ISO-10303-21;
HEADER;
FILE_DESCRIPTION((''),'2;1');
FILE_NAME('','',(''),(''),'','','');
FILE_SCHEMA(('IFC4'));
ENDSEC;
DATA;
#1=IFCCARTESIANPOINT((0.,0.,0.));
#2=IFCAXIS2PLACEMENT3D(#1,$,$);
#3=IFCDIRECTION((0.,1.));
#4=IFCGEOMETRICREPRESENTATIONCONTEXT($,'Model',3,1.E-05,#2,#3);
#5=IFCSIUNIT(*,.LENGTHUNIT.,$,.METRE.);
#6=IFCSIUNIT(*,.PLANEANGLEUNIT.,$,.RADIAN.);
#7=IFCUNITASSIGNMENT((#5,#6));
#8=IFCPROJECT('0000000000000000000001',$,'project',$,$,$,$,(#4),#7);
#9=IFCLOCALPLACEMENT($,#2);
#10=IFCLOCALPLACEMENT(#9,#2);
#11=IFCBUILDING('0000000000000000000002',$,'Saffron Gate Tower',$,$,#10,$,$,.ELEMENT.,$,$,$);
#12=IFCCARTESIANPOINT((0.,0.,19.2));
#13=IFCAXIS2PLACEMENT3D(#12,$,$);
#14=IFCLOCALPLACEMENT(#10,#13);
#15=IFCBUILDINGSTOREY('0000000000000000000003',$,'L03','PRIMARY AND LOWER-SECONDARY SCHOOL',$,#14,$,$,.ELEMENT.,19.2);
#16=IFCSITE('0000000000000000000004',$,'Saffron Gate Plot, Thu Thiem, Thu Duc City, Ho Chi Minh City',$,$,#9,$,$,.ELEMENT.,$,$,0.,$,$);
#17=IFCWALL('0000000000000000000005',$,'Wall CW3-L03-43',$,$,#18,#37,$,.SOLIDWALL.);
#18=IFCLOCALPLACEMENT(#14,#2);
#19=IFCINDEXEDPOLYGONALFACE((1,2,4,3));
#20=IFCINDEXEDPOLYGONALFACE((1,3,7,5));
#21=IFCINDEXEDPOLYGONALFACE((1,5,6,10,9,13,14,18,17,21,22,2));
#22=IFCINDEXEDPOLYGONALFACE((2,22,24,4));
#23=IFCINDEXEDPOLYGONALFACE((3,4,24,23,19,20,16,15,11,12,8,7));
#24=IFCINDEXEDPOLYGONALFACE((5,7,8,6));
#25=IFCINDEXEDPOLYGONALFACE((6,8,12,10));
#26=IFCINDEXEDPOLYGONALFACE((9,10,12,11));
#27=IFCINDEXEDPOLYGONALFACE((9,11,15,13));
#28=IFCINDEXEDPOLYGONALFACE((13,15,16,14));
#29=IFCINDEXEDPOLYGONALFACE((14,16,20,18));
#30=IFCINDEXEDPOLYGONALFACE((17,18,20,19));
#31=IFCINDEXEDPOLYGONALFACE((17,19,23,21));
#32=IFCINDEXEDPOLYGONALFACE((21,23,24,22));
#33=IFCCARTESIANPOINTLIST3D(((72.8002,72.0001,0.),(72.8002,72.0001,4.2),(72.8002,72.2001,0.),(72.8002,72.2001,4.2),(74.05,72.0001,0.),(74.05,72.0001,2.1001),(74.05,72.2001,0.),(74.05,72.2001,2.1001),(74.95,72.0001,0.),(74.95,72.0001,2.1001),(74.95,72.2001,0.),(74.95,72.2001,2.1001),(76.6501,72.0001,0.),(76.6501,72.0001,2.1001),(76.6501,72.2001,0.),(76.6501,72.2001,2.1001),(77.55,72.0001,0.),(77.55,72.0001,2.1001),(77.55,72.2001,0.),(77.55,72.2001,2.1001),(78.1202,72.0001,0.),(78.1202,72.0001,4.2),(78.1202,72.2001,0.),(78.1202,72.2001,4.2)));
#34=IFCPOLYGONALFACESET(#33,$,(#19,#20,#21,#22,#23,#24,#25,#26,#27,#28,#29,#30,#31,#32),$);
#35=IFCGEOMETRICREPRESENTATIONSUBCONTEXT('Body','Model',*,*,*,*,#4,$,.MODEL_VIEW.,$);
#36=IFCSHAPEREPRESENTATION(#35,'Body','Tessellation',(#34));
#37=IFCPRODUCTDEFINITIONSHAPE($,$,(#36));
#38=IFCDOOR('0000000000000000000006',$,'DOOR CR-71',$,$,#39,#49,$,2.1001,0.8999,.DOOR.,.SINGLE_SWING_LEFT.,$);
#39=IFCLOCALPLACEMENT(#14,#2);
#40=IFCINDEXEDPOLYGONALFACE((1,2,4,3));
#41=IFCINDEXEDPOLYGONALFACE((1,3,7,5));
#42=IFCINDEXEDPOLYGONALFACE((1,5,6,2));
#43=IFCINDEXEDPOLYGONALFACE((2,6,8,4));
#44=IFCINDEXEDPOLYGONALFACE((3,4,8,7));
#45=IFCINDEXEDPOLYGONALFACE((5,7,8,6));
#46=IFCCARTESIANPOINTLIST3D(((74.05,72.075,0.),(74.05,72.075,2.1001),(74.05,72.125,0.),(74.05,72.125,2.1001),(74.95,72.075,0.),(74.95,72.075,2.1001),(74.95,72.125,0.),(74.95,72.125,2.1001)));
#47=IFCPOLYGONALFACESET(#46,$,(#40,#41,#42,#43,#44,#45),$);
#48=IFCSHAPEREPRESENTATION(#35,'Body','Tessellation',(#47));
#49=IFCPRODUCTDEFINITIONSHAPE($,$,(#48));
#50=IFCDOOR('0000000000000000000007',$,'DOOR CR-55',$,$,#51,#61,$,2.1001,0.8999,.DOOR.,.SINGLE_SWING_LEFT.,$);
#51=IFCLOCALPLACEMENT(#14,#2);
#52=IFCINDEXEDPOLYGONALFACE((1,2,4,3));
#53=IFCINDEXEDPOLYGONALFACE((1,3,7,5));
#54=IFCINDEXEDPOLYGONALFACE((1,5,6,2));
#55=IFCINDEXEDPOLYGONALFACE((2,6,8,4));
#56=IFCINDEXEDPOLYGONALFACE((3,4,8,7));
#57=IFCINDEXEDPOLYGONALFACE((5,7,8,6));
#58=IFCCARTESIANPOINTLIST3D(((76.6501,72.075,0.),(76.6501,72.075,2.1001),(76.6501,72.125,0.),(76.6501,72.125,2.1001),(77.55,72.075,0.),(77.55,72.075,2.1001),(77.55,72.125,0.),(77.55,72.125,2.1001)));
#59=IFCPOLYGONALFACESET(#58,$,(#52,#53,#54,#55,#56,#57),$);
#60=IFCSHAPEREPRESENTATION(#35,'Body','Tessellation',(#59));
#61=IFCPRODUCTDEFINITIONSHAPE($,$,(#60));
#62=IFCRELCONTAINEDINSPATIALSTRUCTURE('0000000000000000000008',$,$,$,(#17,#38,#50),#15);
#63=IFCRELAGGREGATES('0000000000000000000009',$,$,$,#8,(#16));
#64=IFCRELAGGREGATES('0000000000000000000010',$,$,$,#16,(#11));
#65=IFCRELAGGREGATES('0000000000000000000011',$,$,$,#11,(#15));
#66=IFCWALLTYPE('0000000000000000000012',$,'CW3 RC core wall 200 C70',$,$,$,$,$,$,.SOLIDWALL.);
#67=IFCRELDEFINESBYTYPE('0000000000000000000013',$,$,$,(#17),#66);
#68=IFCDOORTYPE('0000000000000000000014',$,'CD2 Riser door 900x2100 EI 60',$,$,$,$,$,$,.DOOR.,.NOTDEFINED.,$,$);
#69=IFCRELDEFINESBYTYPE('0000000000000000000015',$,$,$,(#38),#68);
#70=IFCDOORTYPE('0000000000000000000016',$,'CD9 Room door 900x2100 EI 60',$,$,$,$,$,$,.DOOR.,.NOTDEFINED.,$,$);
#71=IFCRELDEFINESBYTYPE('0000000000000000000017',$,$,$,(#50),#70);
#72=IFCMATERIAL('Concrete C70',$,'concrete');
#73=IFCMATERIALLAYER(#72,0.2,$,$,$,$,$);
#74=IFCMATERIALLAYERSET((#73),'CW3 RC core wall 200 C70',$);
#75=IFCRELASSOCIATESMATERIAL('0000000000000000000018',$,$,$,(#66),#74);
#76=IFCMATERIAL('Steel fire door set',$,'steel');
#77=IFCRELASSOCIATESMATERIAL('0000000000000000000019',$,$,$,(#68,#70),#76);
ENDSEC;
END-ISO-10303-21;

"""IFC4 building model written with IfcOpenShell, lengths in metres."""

from ifc_helpers import new_model, si_unit, direction, frame, frame_2d, origin, place, context, subcontext, project, spatial, rectangle, extrude, material, layer, layer_set, type_object, element, fill, save


model = new_model("IFC4")

# Units and contexts
model_context = context("Model", 3, precision=1e-05, world=origin(), true_north=direction((0.0, 1.0)))
body_context = subcontext(model_context, "Body", "Model", "MODEL_VIEW")
ifc_project = project(units=[si_unit("LENGTHUNIT", "METRE"), si_unit("PLANEANGLEUNIT", "RADIAN")], contexts=[model_context])

# Site, building, storey
site_placement = place(None, origin())
site = spatial("IfcSite", under=ifc_project, at=site_placement, Name="Saffron Gate Plot, Thu Thiem, Thu Duc City, Ho Chi Minh City", CompositionType="ELEMENT", RefElevation=0.0)
building_placement = place(site_placement, origin())
building = spatial("IfcBuilding", under=site, at=building_placement, Name="Saffron Gate Tower", CompositionType="ELEMENT")
storey_placement = place(building_placement, frame((0.0, 0.0, 19.2)))
storey = spatial("IfcBuildingStorey", under=building, at=storey_placement, Name="L03", Description="PRIMARY AND LOWER-SECONDARY SCHOOL", CompositionType="ELEMENT", Elevation=19.2)

# Shared definitions
ifc_material_1 = material(Name="Concrete C70", Category="concrete")
ifc_material_2 = material(Name="Steel fire door set", Category="steel")
ifc_layer_1 = layer(ifc_material_1, 0.2)
ifc_layer_set_1 = layer_set([ifc_layer_1], Name="CW3 RC core wall 200 C70")
wall_type_1 = type_object("IfcWallType", Name="CW3 RC core wall 200 C70", PredefinedType="SOLIDWALL", material=ifc_layer_set_1)

# Wall, openings, doors
wall_1_placement = place(storey_placement, frame((72.8, 72.1001, 0.0), z_axis=(0.0, 0.0, 1.0), x_axis=(1.0, 0.0, 0.0)))
wall_1 = element("IfcWall", 1, at=wall_1_placement, inside=storey, type_object=wall_type_1, Name="Wall CW3-L03-43", PredefinedType="SOLIDWALL", context=body_context, shape_type="SweptSolid", body=[
    extrude(rectangle(XDim=5.3201, YDim=0.2, at=frame_2d((2.6602, 0.0))), origin(), (0.0, 0.0, 1.0), 4.2),
])
opening_1_placement = place(wall_1_placement, frame((1.25, 0.0, 0.0)))
opening_1 = element("IfcOpeningElement", 2, at=opening_1_placement, cuts=wall_1, PredefinedType="OPENING", context=body_context, shape_type="SweptSolid", body=[
    extrude(rectangle(XDim=0.8999, YDim=2.1001, at=frame_2d((0.45, 1.05))), frame((0.0, 0.1099, 0.0), z_axis=(0.0, -1.0, 0.0), x_axis=(1.0, 0.0, 0.0)), (0.0, 0.0, 1.0), 0.22),
])
opening_2_placement = place(wall_1_placement, frame((3.8501, 0.0, 0.0)))
opening_2 = element("IfcOpeningElement", 3, at=opening_2_placement, cuts=wall_1, PredefinedType="OPENING", context=body_context, shape_type="SweptSolid", body=[
    extrude(rectangle(XDim=0.8999, YDim=2.1001, at=frame_2d((0.45, 1.05))), frame((0.0, 0.1099, 0.0), z_axis=(0.0, -1.0, 0.0), x_axis=(1.0, 0.0, 0.0)), (0.0, 0.0, 1.0), 0.22),
])
door_type_1 = type_object("IfcDoorType", Name="CD2 Riser door 900x2100 EI 60", OperationType="NOTDEFINED", PredefinedType="DOOR", material=ifc_material_2)
door_1_placement = place(opening_1_placement, origin())
door_1 = element("IfcDoor", 4, at=door_1_placement, inside=storey, type_object=door_type_1, Name="DOOR CR-71", OperationType="SINGLE_SWING_LEFT", OverallHeight=2.1001, OverallWidth=0.8999, PredefinedType="DOOR", context=body_context, shape_type="SweptSolid", body=[
    extrude(rectangle(XDim=0.8999, YDim=2.1001, at=frame_2d((0.45, 1.05))), frame((0.0, 0.0249, 0.0), z_axis=(0.0, -1.0, 0.0), x_axis=(1.0, 0.0, 0.0)), (0.0, 0.0, 1.0), 0.05),
])
fill(opening_1, door_1)
door_type_2 = type_object("IfcDoorType", Name="CD9 Room door 900x2100 EI 60", OperationType="NOTDEFINED", PredefinedType="DOOR", material=ifc_material_2)
door_2_placement = place(opening_2_placement, origin())
door_2 = element("IfcDoor", 5, at=door_2_placement, inside=storey, type_object=door_type_2, Name="DOOR CR-55", OperationType="SINGLE_SWING_LEFT", OverallHeight=2.1001, OverallWidth=0.8999, PredefinedType="DOOR", context=body_context, shape_type="SweptSolid", body=[
    extrude(rectangle(XDim=0.8999, YDim=2.1001, at=frame_2d((0.45, 1.05))), frame((0.0, 0.0249, 0.0), z_axis=(0.0, -1.0, 0.0), x_axis=(1.0, 0.0, 0.0)), (0.0, 0.0, 1.0), 0.05),
])
fill(opening_2, door_2)

save(model, "model.ifc")
